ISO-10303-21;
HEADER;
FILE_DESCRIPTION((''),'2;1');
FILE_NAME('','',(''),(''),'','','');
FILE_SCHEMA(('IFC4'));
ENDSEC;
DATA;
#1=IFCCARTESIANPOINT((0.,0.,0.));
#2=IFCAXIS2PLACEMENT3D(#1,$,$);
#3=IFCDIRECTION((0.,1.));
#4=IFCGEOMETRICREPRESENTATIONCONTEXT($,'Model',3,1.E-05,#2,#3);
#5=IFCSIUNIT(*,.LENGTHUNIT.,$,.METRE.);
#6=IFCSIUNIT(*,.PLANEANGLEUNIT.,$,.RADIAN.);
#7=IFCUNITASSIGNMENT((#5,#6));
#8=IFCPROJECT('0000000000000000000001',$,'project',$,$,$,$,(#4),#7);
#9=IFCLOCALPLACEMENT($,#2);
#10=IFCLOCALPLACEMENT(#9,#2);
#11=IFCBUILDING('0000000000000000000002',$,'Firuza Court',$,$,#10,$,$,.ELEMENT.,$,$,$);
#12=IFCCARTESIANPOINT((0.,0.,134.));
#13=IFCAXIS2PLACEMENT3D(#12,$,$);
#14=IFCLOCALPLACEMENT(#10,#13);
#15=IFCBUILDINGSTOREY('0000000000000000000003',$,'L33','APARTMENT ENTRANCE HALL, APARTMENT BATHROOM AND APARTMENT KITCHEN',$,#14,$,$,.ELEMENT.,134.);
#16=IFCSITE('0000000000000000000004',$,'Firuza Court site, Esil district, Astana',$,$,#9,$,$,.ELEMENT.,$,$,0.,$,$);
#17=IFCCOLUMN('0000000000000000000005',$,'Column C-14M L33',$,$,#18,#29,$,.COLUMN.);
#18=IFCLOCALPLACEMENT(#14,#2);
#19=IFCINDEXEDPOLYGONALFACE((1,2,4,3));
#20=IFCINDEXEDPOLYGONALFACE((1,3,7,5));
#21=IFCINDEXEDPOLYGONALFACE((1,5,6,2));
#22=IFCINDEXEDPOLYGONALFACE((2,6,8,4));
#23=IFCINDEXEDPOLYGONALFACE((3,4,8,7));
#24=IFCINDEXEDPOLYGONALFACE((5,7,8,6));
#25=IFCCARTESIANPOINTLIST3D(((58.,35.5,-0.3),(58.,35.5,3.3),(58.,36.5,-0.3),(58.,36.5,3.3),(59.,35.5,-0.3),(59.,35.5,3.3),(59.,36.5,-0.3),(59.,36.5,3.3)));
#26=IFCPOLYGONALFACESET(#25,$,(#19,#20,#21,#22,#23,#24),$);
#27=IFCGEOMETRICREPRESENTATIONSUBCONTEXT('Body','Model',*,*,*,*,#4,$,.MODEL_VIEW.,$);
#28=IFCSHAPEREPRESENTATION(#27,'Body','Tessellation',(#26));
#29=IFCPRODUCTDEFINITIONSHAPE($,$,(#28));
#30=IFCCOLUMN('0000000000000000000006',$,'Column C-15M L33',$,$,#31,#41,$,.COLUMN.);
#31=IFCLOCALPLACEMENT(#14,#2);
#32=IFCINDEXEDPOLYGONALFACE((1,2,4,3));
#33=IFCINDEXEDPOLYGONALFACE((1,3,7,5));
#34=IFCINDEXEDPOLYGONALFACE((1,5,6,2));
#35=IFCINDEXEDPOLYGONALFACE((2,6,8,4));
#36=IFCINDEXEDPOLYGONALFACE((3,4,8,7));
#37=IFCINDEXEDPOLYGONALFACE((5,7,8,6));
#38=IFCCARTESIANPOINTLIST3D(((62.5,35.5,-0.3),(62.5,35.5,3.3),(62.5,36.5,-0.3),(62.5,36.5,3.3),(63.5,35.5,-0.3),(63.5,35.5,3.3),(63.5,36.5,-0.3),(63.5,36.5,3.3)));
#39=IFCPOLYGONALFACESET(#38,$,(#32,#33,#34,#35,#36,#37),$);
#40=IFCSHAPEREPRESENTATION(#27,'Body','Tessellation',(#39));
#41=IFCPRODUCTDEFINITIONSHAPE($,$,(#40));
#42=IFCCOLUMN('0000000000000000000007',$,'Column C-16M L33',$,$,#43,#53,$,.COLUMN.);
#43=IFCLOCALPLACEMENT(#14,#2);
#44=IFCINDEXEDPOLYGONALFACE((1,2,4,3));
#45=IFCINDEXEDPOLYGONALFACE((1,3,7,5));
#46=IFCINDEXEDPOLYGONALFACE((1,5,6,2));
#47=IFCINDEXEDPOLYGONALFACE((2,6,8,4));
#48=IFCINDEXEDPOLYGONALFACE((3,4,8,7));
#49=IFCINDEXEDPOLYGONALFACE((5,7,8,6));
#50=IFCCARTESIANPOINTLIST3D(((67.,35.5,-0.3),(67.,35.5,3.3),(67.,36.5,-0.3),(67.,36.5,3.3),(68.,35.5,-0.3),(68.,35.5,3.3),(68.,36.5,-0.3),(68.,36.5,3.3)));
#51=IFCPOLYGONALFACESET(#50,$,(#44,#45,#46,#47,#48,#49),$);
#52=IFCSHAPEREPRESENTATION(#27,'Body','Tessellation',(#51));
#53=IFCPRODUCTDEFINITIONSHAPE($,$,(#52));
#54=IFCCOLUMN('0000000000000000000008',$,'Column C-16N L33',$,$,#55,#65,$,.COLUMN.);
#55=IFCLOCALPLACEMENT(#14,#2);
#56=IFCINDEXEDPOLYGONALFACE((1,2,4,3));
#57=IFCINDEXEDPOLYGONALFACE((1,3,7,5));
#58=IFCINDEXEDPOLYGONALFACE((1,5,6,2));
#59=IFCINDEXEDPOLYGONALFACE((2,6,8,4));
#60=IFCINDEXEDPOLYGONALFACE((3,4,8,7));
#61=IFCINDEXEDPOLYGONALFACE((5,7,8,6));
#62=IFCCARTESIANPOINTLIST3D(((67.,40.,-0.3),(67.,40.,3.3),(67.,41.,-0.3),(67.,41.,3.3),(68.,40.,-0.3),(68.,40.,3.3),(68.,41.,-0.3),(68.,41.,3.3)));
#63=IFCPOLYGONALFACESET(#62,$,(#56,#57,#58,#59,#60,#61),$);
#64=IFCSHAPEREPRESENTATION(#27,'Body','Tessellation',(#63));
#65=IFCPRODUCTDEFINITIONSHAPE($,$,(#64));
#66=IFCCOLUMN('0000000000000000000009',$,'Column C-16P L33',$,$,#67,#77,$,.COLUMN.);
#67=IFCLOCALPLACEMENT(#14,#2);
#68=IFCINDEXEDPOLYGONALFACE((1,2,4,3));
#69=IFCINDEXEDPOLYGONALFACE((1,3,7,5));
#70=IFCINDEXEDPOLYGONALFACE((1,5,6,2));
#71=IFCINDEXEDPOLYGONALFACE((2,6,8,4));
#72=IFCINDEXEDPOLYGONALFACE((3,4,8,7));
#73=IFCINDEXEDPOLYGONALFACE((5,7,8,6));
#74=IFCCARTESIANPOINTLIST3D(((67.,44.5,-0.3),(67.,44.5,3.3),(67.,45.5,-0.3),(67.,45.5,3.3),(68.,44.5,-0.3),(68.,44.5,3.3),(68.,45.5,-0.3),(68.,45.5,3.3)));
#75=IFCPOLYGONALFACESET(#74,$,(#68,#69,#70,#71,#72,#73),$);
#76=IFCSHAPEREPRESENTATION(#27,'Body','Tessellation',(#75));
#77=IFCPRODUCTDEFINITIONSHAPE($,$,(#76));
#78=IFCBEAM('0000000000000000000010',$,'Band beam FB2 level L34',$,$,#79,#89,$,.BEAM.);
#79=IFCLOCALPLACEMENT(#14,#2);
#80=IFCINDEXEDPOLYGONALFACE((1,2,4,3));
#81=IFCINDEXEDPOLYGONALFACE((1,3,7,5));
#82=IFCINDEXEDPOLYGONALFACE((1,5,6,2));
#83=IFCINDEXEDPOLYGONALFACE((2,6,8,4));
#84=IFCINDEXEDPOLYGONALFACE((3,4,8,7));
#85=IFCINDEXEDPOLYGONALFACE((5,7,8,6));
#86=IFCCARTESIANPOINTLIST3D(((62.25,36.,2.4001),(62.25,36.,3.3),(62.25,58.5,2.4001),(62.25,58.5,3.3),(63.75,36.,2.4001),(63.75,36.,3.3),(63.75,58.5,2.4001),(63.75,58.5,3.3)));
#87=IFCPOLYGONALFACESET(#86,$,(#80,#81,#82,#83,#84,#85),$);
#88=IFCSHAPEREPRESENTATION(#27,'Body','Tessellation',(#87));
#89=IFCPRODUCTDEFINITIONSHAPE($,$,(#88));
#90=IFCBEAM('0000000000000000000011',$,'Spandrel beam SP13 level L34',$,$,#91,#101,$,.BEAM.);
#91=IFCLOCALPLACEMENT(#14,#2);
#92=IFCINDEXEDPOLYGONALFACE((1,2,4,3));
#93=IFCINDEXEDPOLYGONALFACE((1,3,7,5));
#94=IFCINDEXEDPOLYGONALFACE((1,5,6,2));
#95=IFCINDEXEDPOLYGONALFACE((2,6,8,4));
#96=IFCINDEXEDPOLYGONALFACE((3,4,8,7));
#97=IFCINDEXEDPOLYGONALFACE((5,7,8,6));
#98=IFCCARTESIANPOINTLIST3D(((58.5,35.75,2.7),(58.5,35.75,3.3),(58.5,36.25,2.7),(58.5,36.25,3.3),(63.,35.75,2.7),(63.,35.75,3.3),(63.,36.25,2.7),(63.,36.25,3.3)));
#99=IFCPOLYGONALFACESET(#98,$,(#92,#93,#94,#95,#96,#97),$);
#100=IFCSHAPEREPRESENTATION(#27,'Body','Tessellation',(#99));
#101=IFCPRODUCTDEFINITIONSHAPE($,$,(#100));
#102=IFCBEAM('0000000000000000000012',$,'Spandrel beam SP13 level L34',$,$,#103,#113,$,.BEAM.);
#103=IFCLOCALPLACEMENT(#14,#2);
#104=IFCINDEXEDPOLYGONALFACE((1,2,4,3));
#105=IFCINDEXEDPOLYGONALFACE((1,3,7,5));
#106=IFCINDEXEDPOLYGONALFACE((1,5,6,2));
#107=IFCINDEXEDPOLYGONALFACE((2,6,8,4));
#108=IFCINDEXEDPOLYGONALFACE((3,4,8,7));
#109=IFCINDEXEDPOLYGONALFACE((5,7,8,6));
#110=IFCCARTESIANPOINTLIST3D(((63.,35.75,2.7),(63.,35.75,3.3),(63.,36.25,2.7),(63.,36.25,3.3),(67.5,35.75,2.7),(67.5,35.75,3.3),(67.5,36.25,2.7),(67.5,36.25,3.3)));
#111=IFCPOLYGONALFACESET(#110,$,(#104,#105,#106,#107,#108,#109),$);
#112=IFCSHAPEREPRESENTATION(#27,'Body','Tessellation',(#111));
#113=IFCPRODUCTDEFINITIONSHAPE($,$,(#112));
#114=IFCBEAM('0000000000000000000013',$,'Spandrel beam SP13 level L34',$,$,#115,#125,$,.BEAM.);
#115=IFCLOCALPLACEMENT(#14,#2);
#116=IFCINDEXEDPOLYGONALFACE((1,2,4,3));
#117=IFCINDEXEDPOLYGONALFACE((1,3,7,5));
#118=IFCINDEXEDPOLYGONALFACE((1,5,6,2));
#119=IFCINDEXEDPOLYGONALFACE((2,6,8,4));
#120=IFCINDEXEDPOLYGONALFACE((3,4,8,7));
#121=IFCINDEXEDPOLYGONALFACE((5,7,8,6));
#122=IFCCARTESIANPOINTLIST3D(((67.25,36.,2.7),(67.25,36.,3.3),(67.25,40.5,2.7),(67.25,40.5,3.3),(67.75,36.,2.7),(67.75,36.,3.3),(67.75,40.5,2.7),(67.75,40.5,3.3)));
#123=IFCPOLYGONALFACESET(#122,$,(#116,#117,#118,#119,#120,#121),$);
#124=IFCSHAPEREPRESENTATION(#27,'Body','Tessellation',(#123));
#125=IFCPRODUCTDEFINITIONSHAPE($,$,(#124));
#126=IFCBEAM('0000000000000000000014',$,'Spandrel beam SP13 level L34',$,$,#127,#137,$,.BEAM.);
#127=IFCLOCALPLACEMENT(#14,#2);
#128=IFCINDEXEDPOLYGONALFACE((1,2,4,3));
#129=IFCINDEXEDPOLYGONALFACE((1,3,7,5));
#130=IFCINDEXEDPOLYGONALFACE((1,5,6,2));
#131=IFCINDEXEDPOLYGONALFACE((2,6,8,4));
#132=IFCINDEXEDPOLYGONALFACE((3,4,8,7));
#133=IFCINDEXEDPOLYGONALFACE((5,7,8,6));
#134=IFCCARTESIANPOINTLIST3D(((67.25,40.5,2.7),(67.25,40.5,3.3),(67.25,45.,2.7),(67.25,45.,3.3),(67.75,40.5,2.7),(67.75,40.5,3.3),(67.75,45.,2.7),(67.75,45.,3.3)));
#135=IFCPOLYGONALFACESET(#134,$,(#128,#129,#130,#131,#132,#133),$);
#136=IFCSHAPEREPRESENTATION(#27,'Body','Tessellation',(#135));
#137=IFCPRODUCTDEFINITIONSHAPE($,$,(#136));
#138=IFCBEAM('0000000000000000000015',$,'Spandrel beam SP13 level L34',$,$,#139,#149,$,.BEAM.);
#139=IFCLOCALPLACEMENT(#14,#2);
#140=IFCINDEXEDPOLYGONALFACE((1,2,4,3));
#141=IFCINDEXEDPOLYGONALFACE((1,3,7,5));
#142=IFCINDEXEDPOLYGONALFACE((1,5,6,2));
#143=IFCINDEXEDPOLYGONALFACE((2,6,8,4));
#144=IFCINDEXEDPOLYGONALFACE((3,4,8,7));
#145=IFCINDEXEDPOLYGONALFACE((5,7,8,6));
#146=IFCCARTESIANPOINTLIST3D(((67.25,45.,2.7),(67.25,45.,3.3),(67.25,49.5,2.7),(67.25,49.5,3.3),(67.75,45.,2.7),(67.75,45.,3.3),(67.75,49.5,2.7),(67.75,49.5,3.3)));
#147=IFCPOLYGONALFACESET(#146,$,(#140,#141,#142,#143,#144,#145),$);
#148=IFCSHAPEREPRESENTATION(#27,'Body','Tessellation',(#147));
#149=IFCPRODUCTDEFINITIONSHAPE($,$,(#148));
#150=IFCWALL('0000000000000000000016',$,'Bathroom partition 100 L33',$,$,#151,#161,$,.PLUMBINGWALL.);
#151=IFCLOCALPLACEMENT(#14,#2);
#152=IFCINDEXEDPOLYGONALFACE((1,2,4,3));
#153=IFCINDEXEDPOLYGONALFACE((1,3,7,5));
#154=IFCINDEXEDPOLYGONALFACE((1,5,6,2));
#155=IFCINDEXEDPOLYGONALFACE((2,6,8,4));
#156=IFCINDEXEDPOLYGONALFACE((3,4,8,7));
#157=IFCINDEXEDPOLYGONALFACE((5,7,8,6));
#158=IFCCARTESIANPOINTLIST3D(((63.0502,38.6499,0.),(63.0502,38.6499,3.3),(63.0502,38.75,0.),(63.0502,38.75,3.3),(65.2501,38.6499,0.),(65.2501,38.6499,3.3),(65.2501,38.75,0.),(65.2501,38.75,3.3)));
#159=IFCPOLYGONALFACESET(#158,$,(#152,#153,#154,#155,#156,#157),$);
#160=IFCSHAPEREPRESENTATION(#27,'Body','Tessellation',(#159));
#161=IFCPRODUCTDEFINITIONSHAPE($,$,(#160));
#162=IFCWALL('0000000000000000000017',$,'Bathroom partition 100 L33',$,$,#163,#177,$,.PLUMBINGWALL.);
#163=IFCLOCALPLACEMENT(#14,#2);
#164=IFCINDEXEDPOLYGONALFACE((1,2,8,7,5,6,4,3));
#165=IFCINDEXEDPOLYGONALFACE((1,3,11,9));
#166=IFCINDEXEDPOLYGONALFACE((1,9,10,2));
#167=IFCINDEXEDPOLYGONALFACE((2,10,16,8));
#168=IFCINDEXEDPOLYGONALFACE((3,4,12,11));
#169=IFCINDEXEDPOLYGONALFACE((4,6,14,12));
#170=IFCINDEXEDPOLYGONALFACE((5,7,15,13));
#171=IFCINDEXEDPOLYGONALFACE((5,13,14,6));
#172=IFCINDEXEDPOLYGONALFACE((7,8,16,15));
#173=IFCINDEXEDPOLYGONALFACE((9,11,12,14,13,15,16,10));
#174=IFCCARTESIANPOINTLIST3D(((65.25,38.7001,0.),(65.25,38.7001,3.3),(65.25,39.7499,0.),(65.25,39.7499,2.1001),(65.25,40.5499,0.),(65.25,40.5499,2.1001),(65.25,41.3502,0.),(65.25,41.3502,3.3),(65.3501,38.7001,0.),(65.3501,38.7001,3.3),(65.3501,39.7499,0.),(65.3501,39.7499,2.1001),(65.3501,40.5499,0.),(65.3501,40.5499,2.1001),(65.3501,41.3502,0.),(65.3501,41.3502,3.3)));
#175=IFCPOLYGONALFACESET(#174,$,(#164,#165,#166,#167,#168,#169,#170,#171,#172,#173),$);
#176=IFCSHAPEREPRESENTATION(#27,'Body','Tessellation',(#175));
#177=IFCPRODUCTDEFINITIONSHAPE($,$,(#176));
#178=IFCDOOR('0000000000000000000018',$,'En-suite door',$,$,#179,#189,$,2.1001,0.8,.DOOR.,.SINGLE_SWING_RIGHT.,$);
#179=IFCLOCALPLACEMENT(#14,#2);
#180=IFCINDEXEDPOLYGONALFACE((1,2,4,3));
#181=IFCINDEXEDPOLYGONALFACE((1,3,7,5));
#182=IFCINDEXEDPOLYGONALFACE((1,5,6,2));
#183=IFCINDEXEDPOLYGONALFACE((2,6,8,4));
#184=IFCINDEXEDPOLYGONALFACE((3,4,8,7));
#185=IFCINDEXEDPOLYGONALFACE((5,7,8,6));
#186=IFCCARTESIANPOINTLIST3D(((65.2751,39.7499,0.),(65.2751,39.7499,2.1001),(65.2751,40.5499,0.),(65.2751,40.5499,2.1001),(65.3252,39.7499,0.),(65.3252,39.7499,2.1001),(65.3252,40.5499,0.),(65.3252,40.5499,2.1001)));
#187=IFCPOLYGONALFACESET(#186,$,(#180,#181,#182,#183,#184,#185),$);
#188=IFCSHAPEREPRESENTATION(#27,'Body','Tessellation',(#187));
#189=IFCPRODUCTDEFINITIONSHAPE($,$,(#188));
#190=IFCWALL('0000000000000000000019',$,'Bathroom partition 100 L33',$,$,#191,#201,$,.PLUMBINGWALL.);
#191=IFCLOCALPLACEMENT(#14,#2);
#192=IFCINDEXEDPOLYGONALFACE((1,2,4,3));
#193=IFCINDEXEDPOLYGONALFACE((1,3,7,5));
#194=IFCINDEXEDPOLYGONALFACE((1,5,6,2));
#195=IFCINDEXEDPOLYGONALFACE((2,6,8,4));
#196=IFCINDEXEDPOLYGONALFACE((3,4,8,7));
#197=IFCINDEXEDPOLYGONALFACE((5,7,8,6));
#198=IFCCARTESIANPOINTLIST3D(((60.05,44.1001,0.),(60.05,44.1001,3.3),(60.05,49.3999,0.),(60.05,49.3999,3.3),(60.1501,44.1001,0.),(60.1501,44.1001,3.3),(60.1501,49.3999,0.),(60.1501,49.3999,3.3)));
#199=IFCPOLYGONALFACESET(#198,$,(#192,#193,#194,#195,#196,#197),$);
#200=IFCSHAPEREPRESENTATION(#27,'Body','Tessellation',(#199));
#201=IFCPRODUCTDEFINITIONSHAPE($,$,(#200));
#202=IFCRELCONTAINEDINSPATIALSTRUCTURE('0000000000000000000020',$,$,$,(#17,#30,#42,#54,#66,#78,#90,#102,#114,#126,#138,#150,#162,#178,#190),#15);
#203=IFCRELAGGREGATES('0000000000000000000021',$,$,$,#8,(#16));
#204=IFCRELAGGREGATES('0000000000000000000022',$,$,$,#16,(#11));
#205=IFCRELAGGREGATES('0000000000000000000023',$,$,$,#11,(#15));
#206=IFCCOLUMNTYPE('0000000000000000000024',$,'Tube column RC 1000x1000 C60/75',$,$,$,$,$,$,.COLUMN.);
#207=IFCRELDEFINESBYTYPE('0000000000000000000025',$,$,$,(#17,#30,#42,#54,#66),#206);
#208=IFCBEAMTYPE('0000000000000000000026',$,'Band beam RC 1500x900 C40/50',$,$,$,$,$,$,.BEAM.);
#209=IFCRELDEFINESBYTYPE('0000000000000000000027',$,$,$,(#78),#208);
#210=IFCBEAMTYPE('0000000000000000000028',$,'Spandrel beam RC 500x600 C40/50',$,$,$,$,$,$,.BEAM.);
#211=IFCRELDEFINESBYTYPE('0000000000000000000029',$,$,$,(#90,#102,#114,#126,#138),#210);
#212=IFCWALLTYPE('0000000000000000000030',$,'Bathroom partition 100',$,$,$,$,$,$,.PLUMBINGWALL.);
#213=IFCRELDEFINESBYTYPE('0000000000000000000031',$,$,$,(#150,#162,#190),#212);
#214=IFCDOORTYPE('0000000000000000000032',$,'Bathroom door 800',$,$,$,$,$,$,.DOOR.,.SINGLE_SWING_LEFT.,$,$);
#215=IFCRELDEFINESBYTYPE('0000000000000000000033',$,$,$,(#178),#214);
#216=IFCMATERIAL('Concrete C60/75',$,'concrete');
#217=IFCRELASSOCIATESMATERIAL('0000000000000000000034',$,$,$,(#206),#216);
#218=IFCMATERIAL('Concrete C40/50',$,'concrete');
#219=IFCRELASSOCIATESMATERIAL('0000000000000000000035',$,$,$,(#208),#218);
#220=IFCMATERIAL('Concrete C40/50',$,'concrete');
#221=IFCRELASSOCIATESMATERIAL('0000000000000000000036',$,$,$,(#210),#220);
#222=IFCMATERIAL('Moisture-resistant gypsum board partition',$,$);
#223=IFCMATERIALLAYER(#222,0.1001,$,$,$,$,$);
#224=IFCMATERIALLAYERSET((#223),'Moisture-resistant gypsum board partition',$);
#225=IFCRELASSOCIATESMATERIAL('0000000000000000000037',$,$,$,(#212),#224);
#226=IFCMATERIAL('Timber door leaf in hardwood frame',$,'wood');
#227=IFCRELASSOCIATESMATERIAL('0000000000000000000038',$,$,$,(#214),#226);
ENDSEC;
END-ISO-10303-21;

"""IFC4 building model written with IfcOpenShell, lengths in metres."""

from ifc_helpers import new_model, si_unit, direction, frame, frame_2d, origin, origin_2d, place, context, subcontext, project, spatial, rectangle, extrude, material, layer, layer_set, material_profile, profile_set, type_object, element, fill, save


model = new_model("IFC4")

# Units and contexts
model_context = context("Model", 3, precision=1e-05, world=origin(), true_north=direction((0.0, 1.0)))
body_context = subcontext(model_context, "Body", "Model", "MODEL_VIEW")
ifc_project = project(units=[si_unit("LENGTHUNIT", "METRE"), si_unit("PLANEANGLEUNIT", "RADIAN")], contexts=[model_context])

# Site, building, storey
site_placement = place(None, origin())
site = spatial("IfcSite", under=ifc_project, at=site_placement, Name="Firuza Court site, Esil district, Astana", CompositionType="ELEMENT", RefElevation=0.0)
building_placement = place(site_placement, origin())
building = spatial("IfcBuilding", under=site, at=building_placement, Name="Firuza Court", CompositionType="ELEMENT")
storey_placement = place(building_placement, frame((0.0, 0.0, 134.0)))
storey = spatial("IfcBuildingStorey", under=building, at=storey_placement, Name="L33", Description="APARTMENT ENTRANCE HALL, APARTMENT BATHROOM AND APARTMENT KITCHEN", CompositionType="ELEMENT", Elevation=134.0)

# Columns
ifc_material_1 = material(Name="Concrete C60/75", Category="concrete")
ifc_material_profile_1 = material_profile(ifc_material_1, rectangle(XDim=1.0, YDim=1.0, at=origin_2d()), Name="RC 1000x1000")
ifc_profile_set_1 = profile_set([ifc_material_profile_1], Name="Concrete C60/75")
column_type = type_object("IfcColumnType", Name="Tube column RC 1000x1000 C60/75", PredefinedType="COLUMN", material=ifc_profile_set_1)
for number, where, z_axis, x_axis, name in (
    (1, (58.5, 36.0, -0.3), (0.0, 0.0, 1.0), (1.0, 0.0, 0.0), "Column C-14M L33"),
    (2, (63.0, 36.0, -0.3), (0.0, 0.0, 1.0), (1.0, 0.0, 0.0), "Column C-15M L33"),
    (3, (67.5, 36.0, -0.3), (0.0, 0.0, 1.0), (1.0, 0.0, 0.0), "Column C-16M L33"),
    (4, (67.5, 40.5, -0.3), (0.0, 0.0, 1.0), (1.0, 0.0, 0.0), "Column C-16N L33"),
    (5, (67.5, 45.0, -0.3), (0.0, 0.0, 1.0), (1.0, 0.0, 0.0), "Column C-16P L33"),
):
    element("IfcColumn", number, at=place(storey_placement, frame(where, z_axis=z_axis, x_axis=x_axis)), inside=storey, type_object=column_type, Name=name, PredefinedType="COLUMN", context=body_context, shape_type="SweptSolid", body=[
        extrude(rectangle(XDim=1.0, YDim=1.0, at=origin_2d()), origin(), (0.0, 0.0, 1.0), 3.6001),
    ])

# Beams
ifc_material_2 = material(Name="Concrete C40/50", Category="concrete")
ifc_material_profile_2 = material_profile(ifc_material_2, rectangle(XDim=1.5, YDim=0.8999, at=origin_2d()), Name="RC 1500x900")
ifc_profile_set_2 = profile_set([ifc_material_profile_2], Name="Concrete C40/50")
beam_type_1 = type_object("IfcBeamType", Name="Band beam RC 1500x900 C40/50", PredefinedType="BEAM", material=ifc_profile_set_2)
beam_placement = place(storey_placement, frame((63.0, 36.0, 2.8501), z_axis=(0.0, 1.0, 0.0), x_axis=(-1.0, 0.0, 0.0)))
element("IfcBeam", 6, at=beam_placement, inside=storey, type_object=beam_type_1, Name="Band beam FB2 level L34", PredefinedType="BEAM", context=body_context, shape_type="SweptSolid", body=[
    extrude(rectangle(XDim=1.5, YDim=0.8999, at=origin_2d()), origin(), (0.0, 0.0, 1.0), 22.5),
])
ifc_material_3 = material(Name="Concrete C40/50", Category="concrete")
ifc_material_profile_3 = material_profile(ifc_material_3, rectangle(XDim=0.5, YDim=0.6001, at=origin_2d()), Name="RC 500x600")
ifc_profile_set_3 = profile_set([ifc_material_profile_3], Name="Concrete C40/50")
beam_type_2 = type_object("IfcBeamType", Name="Spandrel beam RC 500x600 C40/50", PredefinedType="BEAM", material=ifc_profile_set_3)
for number, where, z_axis, x_axis, name in (
    (7, (58.5, 36.0, 3.0), (1.0, 0.0, 0.0), (0.0, 1.0, 0.0), "Spandrel beam SP13 level L34"),
    (8, (63.0, 36.0, 3.0), (1.0, 0.0, 0.0), (0.0, 1.0, 0.0), "Spandrel beam SP13 level L34"),
    (9, (67.5, 36.0, 3.0), (0.0, 1.0, 0.0), (-1.0, 0.0, 0.0), "Spandrel beam SP13 level L34"),
    (10, (67.5, 40.5, 3.0), (0.0, 1.0, 0.0), (-1.0, 0.0, 0.0), "Spandrel beam SP13 level L34"),
    (11, (67.5, 45.0, 3.0), (0.0, 1.0, 0.0), (-1.0, 0.0, 0.0), "Spandrel beam SP13 level L34"),
):
    element("IfcBeam", number, at=place(storey_placement, frame(where, z_axis=z_axis, x_axis=x_axis)), inside=storey, type_object=beam_type_2, Name=name, PredefinedType="BEAM", context=body_context, shape_type="SweptSolid", body=[
        extrude(rectangle(XDim=0.5, YDim=0.6001, at=origin_2d()), origin(), (0.0, 0.0, 1.0), 4.5),
    ])

# Wall
ifc_material_4 = material(Name="Moisture-resistant gypsum board partition")
ifc_layer_1 = layer(ifc_material_4, 0.1001)
ifc_layer_set_1 = layer_set([ifc_layer_1], Name="Moisture-resistant gypsum board partition")
wall_type_1 = type_object("IfcWallType", Name="Bathroom partition 100", PredefinedType="PLUMBINGWALL", material=ifc_layer_set_1)
wall_1_placement = place(storey_placement, frame((63.05, 38.7, 0.0), z_axis=(0.0, 0.0, 1.0), x_axis=(1.0, 0.0, 0.0)))
element("IfcWall", 12, at=wall_1_placement, inside=storey, type_object=wall_type_1, Name="Bathroom partition 100 L33", PredefinedType="PLUMBINGWALL", context=body_context, shape_type="SweptSolid", body=[
    extrude(rectangle(XDim=2.2, YDim=0.1001, at=frame_2d((1.1001, 0.0))), origin(), (0.0, 0.0, 1.0), 3.3),
])

# Wall, opening, door
wall_2_placement = place(storey_placement, frame((65.3, 38.7, 0.0), z_axis=(0.0, 0.0, 1.0), x_axis=(0.0, 1.0, 0.0)))
wall_2 = element("IfcWall", 13, at=wall_2_placement, inside=storey, type_object=wall_type_1, Name="Bathroom partition 100 L33", PredefinedType="PLUMBINGWALL", context=body_context, shape_type="SweptSolid", body=[
    extrude(rectangle(XDim=2.6501, YDim=0.1001, at=frame_2d((1.3252, 0.0))), origin(), (0.0, 0.0, 1.0), 3.3),
])
opening_1_placement = place(wall_2_placement, frame((1.05, 0.0, 0.0)))
opening_1 = element("IfcOpeningElement", 14, at=opening_1_placement, cuts=wall_2, PredefinedType="OPENING", context=body_context, shape_type="SweptSolid", body=[
    extrude(rectangle(XDim=0.8, YDim=2.1001, at=frame_2d((0.3999, 1.05))), frame((0.0, 0.062, 0.0), z_axis=(0.0, -1.0, 0.0), x_axis=(1.0, 0.0, 0.0)), (0.0, 0.0, 1.0), 0.124),
])
ifc_material_5 = material(Name="Timber door leaf in hardwood frame", Category="wood")
door_type_1 = type_object("IfcDoorType", Name="Bathroom door 800", OperationType="SINGLE_SWING_LEFT", PredefinedType="DOOR", material=ifc_material_5)
door_1_placement = place(opening_1_placement, origin())
door_1 = element("IfcDoor", 15, at=door_1_placement, inside=storey, type_object=door_type_1, Name="En-suite door", OperationType="SINGLE_SWING_RIGHT", OverallHeight=2.1001, OverallWidth=0.8, PredefinedType="DOOR", context=body_context, shape_type="SweptSolid", body=[
    extrude(rectangle(XDim=0.8, YDim=2.1001, at=frame_2d((0.3999, 1.05))), frame((0.0, 0.0249, 0.0), z_axis=(0.0, -1.0, 0.0), x_axis=(1.0, 0.0, 0.0)), (0.0, 0.0, 1.0), 0.05),
])
fill(opening_1, door_1)

# Wall
wall_3_placement = place(storey_placement, frame((60.1001, 44.1001, 0.0), z_axis=(0.0, 0.0, 1.0), x_axis=(0.0, 1.0, 0.0)))
element("IfcWall", 16, at=wall_3_placement, inside=storey, type_object=wall_type_1, Name="Bathroom partition 100 L33", PredefinedType="PLUMBINGWALL", context=body_context, shape_type="SweptSolid", body=[
    extrude(rectangle(XDim=5.2998, YDim=0.1001, at=frame_2d((2.6499, 0.0))), origin(), (0.0, 0.0, 1.0), 3.3),
])

save(model, "model.ifc")
